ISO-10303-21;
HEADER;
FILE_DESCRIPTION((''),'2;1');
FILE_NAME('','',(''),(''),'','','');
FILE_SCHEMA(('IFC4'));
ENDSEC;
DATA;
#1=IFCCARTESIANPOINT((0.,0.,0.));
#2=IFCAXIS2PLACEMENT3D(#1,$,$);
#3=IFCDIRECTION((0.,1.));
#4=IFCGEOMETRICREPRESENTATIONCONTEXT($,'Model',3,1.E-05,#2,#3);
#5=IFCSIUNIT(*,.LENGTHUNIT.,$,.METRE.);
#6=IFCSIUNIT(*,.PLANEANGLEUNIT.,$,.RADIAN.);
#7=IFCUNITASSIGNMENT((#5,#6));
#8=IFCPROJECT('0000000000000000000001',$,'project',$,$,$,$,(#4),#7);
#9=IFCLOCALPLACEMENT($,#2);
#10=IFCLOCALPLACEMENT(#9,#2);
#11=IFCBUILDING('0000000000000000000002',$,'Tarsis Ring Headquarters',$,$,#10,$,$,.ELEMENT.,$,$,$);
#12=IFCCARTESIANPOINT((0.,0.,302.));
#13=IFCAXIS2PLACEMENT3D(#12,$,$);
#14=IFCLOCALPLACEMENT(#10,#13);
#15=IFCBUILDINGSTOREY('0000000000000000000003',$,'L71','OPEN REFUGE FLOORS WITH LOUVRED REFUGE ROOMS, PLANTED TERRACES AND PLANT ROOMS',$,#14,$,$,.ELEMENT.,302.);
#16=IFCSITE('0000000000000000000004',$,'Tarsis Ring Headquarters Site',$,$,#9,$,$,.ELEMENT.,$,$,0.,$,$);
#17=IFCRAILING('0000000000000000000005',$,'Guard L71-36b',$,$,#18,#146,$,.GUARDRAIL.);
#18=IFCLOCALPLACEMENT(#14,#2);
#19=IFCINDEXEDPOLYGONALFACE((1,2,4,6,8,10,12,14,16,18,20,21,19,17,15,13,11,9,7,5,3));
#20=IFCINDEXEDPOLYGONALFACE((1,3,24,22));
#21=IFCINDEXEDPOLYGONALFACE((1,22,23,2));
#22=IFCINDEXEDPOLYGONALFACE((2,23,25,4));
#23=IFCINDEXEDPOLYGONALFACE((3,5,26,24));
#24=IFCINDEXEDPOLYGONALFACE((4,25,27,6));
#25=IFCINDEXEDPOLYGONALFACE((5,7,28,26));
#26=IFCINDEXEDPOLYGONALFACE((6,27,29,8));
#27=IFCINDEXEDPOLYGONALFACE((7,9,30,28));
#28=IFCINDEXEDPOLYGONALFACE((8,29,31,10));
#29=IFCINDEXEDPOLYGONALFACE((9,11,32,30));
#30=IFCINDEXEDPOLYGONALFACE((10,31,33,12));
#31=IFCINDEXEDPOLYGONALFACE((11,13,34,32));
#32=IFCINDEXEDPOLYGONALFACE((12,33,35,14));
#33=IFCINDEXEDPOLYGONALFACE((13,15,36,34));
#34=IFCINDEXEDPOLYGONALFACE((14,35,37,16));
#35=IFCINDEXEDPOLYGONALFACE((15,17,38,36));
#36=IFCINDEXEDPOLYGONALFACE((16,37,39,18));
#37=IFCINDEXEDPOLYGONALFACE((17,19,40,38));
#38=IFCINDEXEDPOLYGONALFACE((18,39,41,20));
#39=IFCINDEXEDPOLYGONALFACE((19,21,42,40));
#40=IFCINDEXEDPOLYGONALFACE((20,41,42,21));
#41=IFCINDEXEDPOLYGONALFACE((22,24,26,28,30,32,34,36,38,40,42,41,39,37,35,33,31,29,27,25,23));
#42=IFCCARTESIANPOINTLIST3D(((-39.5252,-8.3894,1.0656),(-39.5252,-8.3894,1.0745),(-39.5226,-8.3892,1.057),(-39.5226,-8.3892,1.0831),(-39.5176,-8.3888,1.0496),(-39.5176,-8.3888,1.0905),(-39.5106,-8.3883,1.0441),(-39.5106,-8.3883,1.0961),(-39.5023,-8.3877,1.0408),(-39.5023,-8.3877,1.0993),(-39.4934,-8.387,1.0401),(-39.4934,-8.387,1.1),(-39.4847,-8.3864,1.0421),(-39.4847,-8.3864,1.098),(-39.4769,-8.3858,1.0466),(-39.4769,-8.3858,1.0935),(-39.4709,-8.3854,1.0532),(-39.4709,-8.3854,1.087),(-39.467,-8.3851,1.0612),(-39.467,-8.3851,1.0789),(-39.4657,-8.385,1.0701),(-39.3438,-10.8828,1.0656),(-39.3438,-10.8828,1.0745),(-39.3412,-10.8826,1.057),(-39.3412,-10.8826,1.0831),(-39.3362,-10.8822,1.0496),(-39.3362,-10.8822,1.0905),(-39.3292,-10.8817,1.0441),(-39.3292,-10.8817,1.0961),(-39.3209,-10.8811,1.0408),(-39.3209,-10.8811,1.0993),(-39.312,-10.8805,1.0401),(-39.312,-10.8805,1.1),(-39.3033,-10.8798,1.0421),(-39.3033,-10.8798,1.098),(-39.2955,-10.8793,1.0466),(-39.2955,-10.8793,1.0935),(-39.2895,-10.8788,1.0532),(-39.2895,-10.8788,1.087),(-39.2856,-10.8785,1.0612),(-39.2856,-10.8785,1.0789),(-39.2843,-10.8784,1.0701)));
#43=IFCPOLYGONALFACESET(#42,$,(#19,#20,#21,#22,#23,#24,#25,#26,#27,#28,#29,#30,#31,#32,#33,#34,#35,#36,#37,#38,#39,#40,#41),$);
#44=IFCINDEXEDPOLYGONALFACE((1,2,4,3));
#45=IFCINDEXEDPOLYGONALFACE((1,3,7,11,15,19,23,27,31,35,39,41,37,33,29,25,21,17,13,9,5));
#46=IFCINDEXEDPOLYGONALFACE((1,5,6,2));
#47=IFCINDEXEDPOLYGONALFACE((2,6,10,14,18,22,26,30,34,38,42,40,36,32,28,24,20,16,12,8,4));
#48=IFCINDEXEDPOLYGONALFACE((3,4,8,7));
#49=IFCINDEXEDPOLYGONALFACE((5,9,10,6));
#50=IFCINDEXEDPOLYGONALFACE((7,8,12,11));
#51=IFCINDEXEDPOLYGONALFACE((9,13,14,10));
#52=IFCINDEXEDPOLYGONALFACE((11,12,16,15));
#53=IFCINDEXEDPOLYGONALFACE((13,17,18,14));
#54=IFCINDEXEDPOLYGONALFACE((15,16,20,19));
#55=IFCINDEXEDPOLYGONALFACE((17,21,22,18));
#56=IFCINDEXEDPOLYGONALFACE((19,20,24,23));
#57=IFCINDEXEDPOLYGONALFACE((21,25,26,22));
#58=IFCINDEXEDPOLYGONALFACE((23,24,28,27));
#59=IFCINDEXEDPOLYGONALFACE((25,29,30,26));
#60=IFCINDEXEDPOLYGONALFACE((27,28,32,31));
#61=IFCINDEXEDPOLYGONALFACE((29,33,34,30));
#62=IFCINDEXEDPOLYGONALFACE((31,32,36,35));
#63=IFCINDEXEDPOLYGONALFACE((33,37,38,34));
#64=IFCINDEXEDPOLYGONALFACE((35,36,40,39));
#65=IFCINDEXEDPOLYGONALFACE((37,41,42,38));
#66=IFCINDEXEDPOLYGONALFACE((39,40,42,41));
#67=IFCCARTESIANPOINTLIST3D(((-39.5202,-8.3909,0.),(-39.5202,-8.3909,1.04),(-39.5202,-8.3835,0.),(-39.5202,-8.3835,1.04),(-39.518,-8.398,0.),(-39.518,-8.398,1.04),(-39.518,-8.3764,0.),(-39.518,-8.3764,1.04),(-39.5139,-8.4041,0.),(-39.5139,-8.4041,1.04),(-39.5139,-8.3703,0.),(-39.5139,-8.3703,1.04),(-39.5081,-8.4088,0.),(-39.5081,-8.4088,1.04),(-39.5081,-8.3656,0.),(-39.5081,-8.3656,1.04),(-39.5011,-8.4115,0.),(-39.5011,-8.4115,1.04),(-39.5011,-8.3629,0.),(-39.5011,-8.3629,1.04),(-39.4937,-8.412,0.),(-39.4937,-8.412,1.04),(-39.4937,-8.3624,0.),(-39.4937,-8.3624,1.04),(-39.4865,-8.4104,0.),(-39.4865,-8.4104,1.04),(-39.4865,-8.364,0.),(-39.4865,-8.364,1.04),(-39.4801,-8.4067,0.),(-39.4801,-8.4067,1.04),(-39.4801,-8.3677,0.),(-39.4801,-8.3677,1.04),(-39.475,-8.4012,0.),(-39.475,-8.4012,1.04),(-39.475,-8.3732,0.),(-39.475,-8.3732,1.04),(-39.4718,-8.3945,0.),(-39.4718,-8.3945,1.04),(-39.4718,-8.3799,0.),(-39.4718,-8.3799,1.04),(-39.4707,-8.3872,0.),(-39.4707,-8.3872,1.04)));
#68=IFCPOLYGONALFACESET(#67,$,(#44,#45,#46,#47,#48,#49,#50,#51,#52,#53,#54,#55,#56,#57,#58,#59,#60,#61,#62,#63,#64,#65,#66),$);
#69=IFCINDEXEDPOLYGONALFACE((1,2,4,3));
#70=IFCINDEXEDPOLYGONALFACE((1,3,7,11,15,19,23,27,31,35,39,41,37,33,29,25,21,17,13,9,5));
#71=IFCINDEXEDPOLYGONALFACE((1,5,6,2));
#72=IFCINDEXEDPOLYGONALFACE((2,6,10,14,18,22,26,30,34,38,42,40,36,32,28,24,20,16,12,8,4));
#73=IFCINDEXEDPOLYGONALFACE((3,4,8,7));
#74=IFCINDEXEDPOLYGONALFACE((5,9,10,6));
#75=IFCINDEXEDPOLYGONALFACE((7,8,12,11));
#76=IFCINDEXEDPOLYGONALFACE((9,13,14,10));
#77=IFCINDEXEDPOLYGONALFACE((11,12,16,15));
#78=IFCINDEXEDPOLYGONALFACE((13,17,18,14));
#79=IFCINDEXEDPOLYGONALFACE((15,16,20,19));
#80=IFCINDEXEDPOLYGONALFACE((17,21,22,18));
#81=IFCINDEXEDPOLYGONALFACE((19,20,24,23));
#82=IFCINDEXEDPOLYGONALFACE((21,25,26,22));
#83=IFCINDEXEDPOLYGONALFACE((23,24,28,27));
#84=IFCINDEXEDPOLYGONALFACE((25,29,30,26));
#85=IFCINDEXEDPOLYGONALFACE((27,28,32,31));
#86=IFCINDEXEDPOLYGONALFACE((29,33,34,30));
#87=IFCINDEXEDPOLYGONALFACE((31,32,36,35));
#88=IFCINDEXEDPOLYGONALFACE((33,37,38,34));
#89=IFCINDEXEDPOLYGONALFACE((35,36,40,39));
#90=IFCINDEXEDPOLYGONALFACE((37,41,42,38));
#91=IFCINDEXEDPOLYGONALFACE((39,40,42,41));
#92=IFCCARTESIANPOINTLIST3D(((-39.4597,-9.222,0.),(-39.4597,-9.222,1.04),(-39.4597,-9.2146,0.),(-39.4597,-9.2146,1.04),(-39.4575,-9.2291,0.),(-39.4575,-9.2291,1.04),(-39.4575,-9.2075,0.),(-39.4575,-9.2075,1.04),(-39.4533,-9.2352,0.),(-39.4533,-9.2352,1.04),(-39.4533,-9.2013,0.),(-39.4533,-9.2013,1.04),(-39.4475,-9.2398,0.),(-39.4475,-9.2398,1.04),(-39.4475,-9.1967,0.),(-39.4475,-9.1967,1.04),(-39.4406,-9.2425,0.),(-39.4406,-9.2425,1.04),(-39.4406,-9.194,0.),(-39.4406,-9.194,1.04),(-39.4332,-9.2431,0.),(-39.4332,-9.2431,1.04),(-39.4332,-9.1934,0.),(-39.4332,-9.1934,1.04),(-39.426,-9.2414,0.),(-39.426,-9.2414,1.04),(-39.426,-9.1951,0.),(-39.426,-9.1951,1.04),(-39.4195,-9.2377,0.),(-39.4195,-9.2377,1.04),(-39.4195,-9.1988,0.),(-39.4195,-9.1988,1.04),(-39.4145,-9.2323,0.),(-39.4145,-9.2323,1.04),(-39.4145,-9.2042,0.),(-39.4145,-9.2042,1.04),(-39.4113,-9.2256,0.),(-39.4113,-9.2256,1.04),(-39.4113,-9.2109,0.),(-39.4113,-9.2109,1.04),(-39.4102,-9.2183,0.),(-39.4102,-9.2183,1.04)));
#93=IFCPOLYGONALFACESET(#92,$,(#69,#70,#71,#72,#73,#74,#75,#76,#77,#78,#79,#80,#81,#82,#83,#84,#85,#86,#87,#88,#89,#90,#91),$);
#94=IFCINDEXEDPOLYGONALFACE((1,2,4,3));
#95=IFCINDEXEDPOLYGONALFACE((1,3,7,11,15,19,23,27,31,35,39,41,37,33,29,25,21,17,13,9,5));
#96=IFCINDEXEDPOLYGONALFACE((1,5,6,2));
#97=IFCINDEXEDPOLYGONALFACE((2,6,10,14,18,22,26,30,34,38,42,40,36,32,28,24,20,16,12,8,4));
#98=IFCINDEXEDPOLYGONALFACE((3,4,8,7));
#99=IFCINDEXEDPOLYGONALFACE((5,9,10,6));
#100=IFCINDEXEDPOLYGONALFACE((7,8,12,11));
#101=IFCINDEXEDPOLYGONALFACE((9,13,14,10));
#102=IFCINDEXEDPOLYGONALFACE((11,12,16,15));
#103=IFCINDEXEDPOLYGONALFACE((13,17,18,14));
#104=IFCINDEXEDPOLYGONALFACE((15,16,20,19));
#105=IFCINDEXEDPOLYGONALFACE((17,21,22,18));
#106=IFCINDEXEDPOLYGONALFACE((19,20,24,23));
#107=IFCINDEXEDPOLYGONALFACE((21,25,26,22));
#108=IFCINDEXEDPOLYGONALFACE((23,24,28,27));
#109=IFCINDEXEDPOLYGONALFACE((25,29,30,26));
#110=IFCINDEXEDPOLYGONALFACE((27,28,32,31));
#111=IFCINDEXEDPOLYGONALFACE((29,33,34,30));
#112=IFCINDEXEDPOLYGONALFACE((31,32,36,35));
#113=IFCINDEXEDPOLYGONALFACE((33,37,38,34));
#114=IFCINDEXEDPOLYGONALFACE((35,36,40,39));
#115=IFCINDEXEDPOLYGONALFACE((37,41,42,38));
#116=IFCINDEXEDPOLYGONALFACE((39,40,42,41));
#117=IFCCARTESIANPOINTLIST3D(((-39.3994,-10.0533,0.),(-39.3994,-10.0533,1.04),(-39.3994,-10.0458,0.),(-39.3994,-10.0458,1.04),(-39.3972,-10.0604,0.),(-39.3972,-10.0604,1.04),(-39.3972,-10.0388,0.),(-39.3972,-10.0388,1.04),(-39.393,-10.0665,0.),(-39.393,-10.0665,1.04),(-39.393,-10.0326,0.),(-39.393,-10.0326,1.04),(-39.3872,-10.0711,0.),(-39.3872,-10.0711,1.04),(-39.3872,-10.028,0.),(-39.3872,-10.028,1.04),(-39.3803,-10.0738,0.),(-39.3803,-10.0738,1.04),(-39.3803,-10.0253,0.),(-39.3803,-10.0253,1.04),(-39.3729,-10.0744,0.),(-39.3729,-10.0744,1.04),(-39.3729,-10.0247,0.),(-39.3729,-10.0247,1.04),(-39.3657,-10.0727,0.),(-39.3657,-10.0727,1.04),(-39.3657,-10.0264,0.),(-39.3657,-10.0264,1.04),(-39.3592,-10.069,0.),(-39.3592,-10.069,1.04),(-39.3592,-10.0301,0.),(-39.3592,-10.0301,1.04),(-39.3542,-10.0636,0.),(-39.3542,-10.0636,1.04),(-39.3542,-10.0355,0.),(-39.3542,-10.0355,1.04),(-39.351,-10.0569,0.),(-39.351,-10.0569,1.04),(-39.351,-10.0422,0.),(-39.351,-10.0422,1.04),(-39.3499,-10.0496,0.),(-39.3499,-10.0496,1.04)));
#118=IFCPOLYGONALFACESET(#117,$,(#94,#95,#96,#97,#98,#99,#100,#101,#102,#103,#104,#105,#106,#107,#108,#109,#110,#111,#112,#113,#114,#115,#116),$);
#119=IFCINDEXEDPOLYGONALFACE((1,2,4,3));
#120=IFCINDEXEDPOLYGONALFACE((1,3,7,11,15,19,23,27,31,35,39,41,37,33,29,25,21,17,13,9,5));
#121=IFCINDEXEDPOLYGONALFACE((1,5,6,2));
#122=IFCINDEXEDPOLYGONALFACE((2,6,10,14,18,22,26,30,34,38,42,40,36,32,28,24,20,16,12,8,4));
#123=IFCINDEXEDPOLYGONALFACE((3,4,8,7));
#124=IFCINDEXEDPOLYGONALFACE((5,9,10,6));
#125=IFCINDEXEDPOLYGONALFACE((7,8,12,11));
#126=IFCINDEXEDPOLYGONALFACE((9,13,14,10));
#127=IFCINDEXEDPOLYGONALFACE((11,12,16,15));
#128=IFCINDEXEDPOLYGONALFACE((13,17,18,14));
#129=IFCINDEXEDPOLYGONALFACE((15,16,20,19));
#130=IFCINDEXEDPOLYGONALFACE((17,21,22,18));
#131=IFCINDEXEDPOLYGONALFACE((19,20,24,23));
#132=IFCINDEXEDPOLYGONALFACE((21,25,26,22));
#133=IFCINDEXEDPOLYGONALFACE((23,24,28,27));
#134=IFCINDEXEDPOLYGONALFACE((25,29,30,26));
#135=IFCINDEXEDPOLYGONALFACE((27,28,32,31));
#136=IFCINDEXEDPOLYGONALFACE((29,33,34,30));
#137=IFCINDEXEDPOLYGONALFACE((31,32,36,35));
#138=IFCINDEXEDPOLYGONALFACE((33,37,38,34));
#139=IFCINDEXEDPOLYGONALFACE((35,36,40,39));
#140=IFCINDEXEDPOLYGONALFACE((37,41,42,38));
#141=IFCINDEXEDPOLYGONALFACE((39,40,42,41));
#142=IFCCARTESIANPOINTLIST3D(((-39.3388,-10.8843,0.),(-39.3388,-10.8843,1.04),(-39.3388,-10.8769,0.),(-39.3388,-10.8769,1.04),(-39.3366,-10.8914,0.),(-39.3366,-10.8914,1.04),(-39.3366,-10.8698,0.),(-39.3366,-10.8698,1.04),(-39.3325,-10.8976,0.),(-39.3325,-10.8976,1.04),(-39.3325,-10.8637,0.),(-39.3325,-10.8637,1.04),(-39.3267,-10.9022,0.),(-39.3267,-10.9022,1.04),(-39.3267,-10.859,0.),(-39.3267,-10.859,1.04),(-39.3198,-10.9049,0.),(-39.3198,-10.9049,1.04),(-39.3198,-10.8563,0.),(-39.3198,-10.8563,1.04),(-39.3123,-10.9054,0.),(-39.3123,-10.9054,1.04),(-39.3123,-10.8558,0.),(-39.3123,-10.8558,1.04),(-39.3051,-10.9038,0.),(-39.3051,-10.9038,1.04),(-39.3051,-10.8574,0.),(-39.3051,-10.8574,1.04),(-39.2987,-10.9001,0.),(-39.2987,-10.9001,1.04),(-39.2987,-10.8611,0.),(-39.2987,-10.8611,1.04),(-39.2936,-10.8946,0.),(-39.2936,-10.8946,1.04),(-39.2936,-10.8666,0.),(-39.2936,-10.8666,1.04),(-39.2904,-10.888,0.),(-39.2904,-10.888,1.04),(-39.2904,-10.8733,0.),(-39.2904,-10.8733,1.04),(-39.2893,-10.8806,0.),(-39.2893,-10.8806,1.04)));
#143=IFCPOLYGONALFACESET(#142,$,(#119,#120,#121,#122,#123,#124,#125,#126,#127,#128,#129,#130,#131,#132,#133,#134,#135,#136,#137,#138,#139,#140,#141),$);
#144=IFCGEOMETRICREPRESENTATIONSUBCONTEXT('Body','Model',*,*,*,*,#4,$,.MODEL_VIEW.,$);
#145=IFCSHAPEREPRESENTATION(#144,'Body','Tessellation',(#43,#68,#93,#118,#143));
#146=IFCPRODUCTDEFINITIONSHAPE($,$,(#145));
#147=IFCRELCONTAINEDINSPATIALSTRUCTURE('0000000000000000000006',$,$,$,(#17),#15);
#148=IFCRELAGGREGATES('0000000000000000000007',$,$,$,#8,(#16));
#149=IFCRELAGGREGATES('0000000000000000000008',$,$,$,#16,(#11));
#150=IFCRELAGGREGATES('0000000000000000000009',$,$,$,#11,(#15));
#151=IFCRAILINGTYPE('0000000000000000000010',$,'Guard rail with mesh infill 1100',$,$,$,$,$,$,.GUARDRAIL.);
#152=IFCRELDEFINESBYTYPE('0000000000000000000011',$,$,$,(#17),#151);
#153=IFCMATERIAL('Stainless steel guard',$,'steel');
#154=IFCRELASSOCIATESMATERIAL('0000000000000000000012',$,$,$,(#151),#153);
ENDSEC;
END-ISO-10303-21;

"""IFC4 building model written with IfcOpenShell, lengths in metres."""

from ifc_helpers import new_model, si_unit, direction, frame, origin, origin_2d, place, context, subcontext, project, spatial, circle, extrude, material, type_object, element, save


model = new_model("IFC4")

# Units and contexts
model_context = context("Model", 3, precision=1e-05, world=origin(), true_north=direction((0.0, 1.0)))
body_context = subcontext(model_context, "Body", "Model", "MODEL_VIEW")
ifc_project = project(units=[si_unit("LENGTHUNIT", "METRE"), si_unit("PLANEANGLEUNIT", "RADIAN")], contexts=[model_context])

# Site, building, storey
site_placement = place(None, origin())
site = spatial("IfcSite", under=ifc_project, at=site_placement, Name="Tarsis Ring Headquarters Site", CompositionType="ELEMENT", RefElevation=0.0)
building_placement = place(site_placement, origin())
building = spatial("IfcBuilding", under=site, at=building_placement, Name="Tarsis Ring Headquarters", CompositionType="ELEMENT")
storey_placement = place(building_placement, frame((0.0, 0.0, 302.0)))
storey = spatial("IfcBuildingStorey", under=building, at=storey_placement, Name="L71", Description="OPEN REFUGE FLOORS WITH LOUVRED REFUGE ROOMS, PLANTED TERRACES AND PLANT ROOMS", CompositionType="ELEMENT", Elevation=302.0)

# Railing
ifc_material_1 = material(Name="Stainless steel guard", Category="steel")
railing_type_1 = type_object("IfcRailingType", Name="Guard rail with mesh infill 1100", PredefinedType="GUARDRAIL", material=ifc_material_1)
railing_1_placement = place(storey_placement, frame((-39.4956, -8.3872, 0.0)))
element("IfcRailing", 1, at=railing_1_placement, inside=storey, type_object=railing_type_1, Name="Guard L71-36b", PredefinedType="GUARDRAIL", context=body_context, shape_type="SweptSolid", body=[
    extrude(circle(Radius=0.03, at=origin_2d()), frame((0.0, 0.0, 1.0701), z_axis=(0.072559, -0.997364, 0.0), x_axis=(0.997364, 0.072559, 0.0)), (0.0, 0.0, 1.0), 2.5),
    extrude(circle(Radius=0.0249, at=origin_2d()), origin(), (0.0, 0.0, 1.0), 1.04),
    extrude(circle(Radius=0.0249, at=origin_2d()), frame((0.0605, -0.8311, 0.0)), (0.0, 0.0, 1.0), 1.04),
    extrude(circle(Radius=0.0249, at=origin_2d()), frame((0.1208, -1.6624, 0.0)), (0.0, 0.0, 1.0), 1.04),
    extrude(circle(Radius=0.0249, at=origin_2d()), frame((0.1814, -2.4934, 0.0)), (0.0, 0.0, 1.0), 1.04),
])

save(model, "model.ifc")
